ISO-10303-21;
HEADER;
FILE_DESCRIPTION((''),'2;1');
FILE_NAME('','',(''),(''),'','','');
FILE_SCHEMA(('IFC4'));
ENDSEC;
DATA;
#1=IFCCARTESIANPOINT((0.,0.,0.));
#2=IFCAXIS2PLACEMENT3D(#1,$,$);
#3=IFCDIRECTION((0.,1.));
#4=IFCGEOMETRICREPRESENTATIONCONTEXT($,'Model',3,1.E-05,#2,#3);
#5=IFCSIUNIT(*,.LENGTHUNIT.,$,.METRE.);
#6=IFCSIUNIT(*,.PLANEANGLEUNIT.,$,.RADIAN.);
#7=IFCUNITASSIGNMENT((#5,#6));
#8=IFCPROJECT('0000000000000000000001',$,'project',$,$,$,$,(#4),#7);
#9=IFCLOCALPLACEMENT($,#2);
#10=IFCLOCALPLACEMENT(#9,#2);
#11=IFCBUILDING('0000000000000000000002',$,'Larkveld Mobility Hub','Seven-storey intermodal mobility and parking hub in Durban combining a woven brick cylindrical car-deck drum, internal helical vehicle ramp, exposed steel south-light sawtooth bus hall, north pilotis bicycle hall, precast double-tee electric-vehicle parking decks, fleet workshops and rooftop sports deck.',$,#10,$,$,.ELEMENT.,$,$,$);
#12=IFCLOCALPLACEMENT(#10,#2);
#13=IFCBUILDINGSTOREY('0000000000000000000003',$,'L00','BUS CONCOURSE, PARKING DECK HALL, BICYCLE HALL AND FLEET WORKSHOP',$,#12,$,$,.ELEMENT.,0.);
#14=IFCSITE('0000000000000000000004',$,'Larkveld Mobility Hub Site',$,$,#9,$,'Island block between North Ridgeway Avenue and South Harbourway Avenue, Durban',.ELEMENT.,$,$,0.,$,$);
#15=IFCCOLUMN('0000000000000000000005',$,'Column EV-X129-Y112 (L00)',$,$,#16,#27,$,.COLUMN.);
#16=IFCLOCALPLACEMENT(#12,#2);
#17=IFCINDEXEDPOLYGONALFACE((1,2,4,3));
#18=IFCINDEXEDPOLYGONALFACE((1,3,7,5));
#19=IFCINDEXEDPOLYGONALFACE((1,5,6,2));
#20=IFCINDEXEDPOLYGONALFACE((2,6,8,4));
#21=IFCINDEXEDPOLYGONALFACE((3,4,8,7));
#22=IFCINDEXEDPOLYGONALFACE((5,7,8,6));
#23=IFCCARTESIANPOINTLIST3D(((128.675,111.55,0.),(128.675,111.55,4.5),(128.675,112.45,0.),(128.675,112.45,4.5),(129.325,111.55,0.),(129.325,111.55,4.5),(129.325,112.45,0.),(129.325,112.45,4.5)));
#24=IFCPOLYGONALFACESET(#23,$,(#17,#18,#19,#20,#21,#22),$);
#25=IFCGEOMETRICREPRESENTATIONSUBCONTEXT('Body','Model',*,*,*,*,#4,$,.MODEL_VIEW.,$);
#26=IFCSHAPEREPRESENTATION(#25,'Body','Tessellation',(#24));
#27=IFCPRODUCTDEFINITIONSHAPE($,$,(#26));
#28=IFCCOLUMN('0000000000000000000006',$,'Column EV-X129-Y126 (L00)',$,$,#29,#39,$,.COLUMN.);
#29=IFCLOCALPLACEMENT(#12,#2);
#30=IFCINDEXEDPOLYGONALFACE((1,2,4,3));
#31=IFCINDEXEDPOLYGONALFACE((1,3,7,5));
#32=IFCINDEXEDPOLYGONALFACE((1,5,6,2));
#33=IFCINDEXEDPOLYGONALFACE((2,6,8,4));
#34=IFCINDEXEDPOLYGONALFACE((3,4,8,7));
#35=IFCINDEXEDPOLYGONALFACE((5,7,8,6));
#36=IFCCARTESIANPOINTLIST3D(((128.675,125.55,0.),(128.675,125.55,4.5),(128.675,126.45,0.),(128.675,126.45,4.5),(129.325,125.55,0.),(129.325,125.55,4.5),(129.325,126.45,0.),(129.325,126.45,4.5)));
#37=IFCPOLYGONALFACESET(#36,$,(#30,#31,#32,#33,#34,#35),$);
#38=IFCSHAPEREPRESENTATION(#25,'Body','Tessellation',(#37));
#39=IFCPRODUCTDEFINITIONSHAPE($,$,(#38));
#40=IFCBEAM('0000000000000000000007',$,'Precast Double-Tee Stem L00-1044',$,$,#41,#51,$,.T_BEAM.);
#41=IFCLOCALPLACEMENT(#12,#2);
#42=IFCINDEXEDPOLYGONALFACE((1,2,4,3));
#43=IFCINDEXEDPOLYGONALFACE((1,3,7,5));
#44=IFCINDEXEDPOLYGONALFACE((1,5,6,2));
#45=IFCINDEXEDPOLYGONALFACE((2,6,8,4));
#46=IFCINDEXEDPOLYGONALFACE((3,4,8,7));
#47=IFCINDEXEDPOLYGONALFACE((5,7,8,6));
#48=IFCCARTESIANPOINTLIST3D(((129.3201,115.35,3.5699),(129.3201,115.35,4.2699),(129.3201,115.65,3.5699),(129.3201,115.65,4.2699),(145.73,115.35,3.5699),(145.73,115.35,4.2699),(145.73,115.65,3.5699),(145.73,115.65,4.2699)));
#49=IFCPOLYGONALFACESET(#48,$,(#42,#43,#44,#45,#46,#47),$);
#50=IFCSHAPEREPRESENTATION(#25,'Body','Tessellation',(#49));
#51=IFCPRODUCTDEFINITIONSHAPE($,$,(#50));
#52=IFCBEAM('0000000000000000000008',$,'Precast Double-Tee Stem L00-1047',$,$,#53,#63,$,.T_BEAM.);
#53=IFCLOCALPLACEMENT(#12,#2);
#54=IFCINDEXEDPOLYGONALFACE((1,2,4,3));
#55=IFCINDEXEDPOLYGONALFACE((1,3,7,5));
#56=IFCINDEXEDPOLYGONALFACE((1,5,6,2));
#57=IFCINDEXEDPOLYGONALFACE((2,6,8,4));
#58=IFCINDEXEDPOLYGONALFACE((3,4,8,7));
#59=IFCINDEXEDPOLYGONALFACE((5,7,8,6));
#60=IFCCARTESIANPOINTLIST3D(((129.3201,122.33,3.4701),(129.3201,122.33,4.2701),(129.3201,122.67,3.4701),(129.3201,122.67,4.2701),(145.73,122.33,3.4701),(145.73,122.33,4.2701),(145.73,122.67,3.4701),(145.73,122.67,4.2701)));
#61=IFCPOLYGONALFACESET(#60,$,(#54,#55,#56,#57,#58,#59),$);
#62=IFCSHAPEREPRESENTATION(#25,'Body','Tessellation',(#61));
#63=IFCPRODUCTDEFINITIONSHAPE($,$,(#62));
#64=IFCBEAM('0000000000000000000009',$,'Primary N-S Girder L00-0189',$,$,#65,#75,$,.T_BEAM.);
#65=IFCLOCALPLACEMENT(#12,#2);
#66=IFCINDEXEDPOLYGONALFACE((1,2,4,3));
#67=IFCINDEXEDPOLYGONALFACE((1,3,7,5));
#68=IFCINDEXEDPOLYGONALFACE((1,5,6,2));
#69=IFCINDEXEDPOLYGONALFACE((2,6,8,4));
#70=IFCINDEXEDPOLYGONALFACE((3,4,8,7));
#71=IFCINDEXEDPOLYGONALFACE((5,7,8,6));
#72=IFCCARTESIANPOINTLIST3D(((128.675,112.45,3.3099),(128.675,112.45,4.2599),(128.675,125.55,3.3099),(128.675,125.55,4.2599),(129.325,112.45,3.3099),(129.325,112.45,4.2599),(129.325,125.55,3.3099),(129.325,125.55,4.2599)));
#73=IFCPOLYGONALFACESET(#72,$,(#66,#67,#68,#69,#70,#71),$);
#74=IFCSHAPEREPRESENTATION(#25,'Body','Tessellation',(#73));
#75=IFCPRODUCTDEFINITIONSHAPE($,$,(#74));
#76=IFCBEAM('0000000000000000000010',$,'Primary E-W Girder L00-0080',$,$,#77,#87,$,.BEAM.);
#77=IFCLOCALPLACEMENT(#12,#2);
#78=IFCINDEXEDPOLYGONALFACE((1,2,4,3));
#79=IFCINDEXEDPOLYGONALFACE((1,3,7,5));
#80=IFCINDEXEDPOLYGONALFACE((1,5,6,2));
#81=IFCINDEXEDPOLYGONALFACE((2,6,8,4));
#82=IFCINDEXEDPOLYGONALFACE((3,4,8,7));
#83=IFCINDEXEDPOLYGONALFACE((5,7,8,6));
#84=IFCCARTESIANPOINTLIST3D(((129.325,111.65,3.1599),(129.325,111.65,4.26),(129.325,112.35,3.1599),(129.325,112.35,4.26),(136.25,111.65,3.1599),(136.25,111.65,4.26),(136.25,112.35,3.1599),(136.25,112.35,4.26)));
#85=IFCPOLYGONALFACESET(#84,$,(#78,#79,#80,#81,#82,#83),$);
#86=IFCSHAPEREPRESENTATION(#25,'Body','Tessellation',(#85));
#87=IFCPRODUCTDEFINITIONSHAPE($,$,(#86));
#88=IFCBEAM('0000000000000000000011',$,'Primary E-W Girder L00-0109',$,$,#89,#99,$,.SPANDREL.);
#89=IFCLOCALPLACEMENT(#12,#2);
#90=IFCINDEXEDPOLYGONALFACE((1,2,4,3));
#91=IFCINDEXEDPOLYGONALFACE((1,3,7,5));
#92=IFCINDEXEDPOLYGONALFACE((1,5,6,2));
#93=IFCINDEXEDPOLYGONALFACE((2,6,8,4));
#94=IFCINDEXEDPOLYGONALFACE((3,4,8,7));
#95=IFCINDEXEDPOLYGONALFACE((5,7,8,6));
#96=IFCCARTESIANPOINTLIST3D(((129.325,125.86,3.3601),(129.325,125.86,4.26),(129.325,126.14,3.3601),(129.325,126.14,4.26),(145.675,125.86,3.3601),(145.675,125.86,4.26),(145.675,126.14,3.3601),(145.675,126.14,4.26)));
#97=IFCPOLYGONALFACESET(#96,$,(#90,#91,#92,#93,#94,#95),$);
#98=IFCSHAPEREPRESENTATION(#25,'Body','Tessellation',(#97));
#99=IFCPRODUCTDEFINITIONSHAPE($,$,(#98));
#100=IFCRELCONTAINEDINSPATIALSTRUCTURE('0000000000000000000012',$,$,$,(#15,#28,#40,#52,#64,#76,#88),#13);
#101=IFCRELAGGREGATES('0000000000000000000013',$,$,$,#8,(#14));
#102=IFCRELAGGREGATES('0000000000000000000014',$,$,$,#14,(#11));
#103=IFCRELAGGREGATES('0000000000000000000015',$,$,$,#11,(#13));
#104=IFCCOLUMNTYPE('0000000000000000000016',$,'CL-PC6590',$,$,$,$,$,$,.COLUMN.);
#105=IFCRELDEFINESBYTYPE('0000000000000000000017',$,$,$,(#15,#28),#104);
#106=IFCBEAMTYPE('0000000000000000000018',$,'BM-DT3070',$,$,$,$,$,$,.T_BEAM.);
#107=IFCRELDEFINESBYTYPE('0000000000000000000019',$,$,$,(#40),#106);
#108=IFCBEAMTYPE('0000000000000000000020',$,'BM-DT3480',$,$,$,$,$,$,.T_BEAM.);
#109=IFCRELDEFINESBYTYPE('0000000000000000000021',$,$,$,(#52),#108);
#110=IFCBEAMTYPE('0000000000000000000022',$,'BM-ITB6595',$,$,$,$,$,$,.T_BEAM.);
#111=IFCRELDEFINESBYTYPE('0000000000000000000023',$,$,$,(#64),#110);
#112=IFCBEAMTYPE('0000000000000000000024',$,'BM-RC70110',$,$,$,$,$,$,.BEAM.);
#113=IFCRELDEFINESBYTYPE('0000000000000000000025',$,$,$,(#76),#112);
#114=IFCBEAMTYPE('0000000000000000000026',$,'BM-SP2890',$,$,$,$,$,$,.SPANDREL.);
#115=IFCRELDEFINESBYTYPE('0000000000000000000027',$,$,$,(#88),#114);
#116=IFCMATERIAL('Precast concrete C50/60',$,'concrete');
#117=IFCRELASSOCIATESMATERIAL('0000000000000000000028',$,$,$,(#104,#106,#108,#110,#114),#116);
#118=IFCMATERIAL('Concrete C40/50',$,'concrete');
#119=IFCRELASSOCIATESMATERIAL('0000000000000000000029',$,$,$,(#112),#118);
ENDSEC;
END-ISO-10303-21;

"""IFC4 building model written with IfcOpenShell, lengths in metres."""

from ifc_helpers import new_model, si_unit, direction, frame, origin, origin_2d, place, context, subcontext, project, spatial, rectangle, extrude, material, material_profile, profile_set, type_object, element, save


model = new_model("IFC4")

# Units and contexts
model_context = context("Model", 3, precision=1e-05, world=origin(), true_north=direction((0.0, 1.0)))
body_context = subcontext(model_context, "Body", "Model", "MODEL_VIEW")
ifc_project = project(units=[si_unit("LENGTHUNIT", "METRE"), si_unit("PLANEANGLEUNIT", "RADIAN")], contexts=[model_context])

# Site, building, storey
site_placement = place(None, origin())
site = spatial("IfcSite", under=ifc_project, at=site_placement, Name="Larkveld Mobility Hub Site", LongName="Island block between North Ridgeway Avenue and South Harbourway Avenue, Durban", CompositionType="ELEMENT", RefElevation=0.0)
building_placement = place(site_placement, origin())
building = spatial("IfcBuilding", under=site, at=building_placement, Name="Larkveld Mobility Hub", Description="Seven-storey intermodal mobility and parking hub in Durban combining a woven brick cylindrical car-deck drum, internal helical vehicle ramp, exposed steel south-light sawtooth bus hall, north pilotis bicycle hall, precast double-tee electric-vehicle parking decks, fleet workshops and rooftop sports deck.", CompositionType="ELEMENT")
storey_placement = place(building_placement, origin())
storey = spatial("IfcBuildingStorey", under=building, at=storey_placement, Name="L00", Description="BUS CONCOURSE, PARKING DECK HALL, BICYCLE HALL AND FLEET WORKSHOP", CompositionType="ELEMENT", Elevation=0.0)

# Columns
ifc_material_1 = material(Name="Precast concrete C50/60", Category="concrete")
ifc_material_profile_1 = material_profile(ifc_material_1, rectangle(XDim=0.6499, YDim=0.8999, at=origin_2d()), Name="RC COL 650x900")
ifc_profile_set_1 = profile_set([ifc_material_profile_1], Name="Precast concrete C50/60")
column_type = type_object("IfcColumnType", Name="CL-PC6590", PredefinedType="COLUMN", material=ifc_profile_set_1)
for number, where, z_axis, x_axis, name in (
    (1, (129.0, 112.0, 0.0), (0.0, 0.0, 1.0), (1.0, 0.0, 0.0), "Column EV-X129-Y112 (L00)"),
    (2, (129.0, 126.0, 0.0), (0.0, 0.0, 1.0), (1.0, 0.0, 0.0), "Column EV-X129-Y126 (L00)"),
):
    element("IfcColumn", number, at=place(storey_placement, frame(where, z_axis=z_axis, x_axis=x_axis)), inside=storey, type_object=column_type, Name=name, PredefinedType="COLUMN", context=body_context, shape_type="SweptSolid", body=[
        extrude(rectangle(XDim=0.6499, YDim=0.8999, at=origin_2d()), origin(), (0.0, 0.0, 1.0), 4.5),
    ])

# Beams
ifc_material_profile_2 = material_profile(ifc_material_1, rectangle(XDim=0.3, YDim=0.7, at=origin_2d()), Name="PC DT 300x700")
ifc_profile_set_2 = profile_set([ifc_material_profile_2], Name="Precast concrete C50/60")
beam_type_1 = type_object("IfcBeamType", Name="BM-DT3070", PredefinedType="T_BEAM", material=ifc_profile_set_2)
beam_1_placement = place(storey_placement, frame((129.3201, 115.5, 3.9199), z_axis=(1.0, 0.0, 0.0), x_axis=(0.0, 1.0, 0.0)))
element("IfcBeam", 3, at=beam_1_placement, inside=storey, type_object=beam_type_1, Name="Precast Double-Tee Stem L00-1044", PredefinedType="T_BEAM", context=body_context, shape_type="SweptSolid", body=[
    extrude(rectangle(XDim=0.3, YDim=0.7, at=origin_2d()), origin(), (0.0, 0.0, 1.0), 16.4099),
])
ifc_material_profile_3 = material_profile(ifc_material_1, rectangle(XDim=0.3401, YDim=0.8, at=origin_2d()), Name="PC DT 340x800")
ifc_profile_set_3 = profile_set([ifc_material_profile_3], Name="Precast concrete C50/60")
beam_type_2 = type_object("IfcBeamType", Name="BM-DT3480", PredefinedType="T_BEAM", material=ifc_profile_set_3)
beam_2_placement = place(storey_placement, frame((129.3201, 122.5, 3.8701), z_axis=(1.0, 0.0, 0.0), x_axis=(0.0, 1.0, 0.0)))
element("IfcBeam", 4, at=beam_2_placement, inside=storey, type_object=beam_type_2, Name="Precast Double-Tee Stem L00-1047", PredefinedType="T_BEAM", context=body_context, shape_type="SweptSolid", body=[
    extrude(rectangle(XDim=0.3401, YDim=0.8, at=origin_2d()), origin(), (0.0, 0.0, 1.0), 16.4099),
])
ifc_material_profile_4 = material_profile(ifc_material_1, rectangle(XDim=0.6499, YDim=0.95, at=origin_2d()), Name="PC ITB 650x950")
ifc_profile_set_4 = profile_set([ifc_material_profile_4], Name="Precast concrete C50/60")
beam_type_3 = type_object("IfcBeamType", Name="BM-ITB6595", PredefinedType="T_BEAM", material=ifc_profile_set_4)
beam_3_placement = place(storey_placement, frame((129.0, 112.45, 3.7849), z_axis=(0.0, 1.0, 0.0), x_axis=(-1.0, 0.0, 0.0)))
element("IfcBeam", 5, at=beam_3_placement, inside=storey, type_object=beam_type_3, Name="Primary N-S Girder L00-0189", PredefinedType="T_BEAM", context=body_context, shape_type="SweptSolid", body=[
    extrude(rectangle(XDim=0.6499, YDim=0.95, at=origin_2d()), origin(), (0.0, 0.0, 1.0), 13.1001),
])
ifc_material_2 = material(Name="Concrete C40/50", Category="concrete")
ifc_material_profile_5 = material_profile(ifc_material_2, rectangle(XDim=0.7, YDim=1.1001, at=origin_2d()), Name="RC BM 700x1100")
ifc_profile_set_5 = profile_set([ifc_material_profile_5], Name="Concrete C40/50")
beam_type_4 = type_object("IfcBeamType", Name="BM-RC70110", PredefinedType="BEAM", material=ifc_profile_set_5)
beam_4_placement = place(storey_placement, frame((129.325, 112.0, 3.71), z_axis=(1.0, 0.0, 0.0), x_axis=(0.0, 1.0, 0.0)))
element("IfcBeam", 6, at=beam_4_placement, inside=storey, type_object=beam_type_4, Name="Primary E-W Girder L00-0080", PredefinedType="BEAM", context=body_context, shape_type="SweptSolid", body=[
    extrude(rectangle(XDim=0.7, YDim=1.1001, at=origin_2d()), origin(), (0.0, 0.0, 1.0), 6.925),
])
ifc_material_profile_6 = material_profile(ifc_material_1, rectangle(XDim=0.28, YDim=0.8999, at=origin_2d()), Name="PC SP 280x900")
ifc_profile_set_6 = profile_set([ifc_material_profile_6], Name="Precast concrete C50/60")
beam_type_5 = type_object("IfcBeamType", Name="BM-SP2890", PredefinedType="SPANDREL", material=ifc_profile_set_6)
beam_5_placement = place(storey_placement, frame((129.325, 126.0, 3.8101), z_axis=(1.0, 0.0, 0.0), x_axis=(0.0, 1.0, 0.0)))
element("IfcBeam", 7, at=beam_5_placement, inside=storey, type_object=beam_type_5, Name="Primary E-W Girder L00-0109", PredefinedType="SPANDREL", context=body_context, shape_type="SweptSolid", body=[
    extrude(rectangle(XDim=0.28, YDim=0.8999, at=origin_2d()), origin(), (0.0, 0.0, 1.0), 16.3501),
])

save(model, "model.ifc")
